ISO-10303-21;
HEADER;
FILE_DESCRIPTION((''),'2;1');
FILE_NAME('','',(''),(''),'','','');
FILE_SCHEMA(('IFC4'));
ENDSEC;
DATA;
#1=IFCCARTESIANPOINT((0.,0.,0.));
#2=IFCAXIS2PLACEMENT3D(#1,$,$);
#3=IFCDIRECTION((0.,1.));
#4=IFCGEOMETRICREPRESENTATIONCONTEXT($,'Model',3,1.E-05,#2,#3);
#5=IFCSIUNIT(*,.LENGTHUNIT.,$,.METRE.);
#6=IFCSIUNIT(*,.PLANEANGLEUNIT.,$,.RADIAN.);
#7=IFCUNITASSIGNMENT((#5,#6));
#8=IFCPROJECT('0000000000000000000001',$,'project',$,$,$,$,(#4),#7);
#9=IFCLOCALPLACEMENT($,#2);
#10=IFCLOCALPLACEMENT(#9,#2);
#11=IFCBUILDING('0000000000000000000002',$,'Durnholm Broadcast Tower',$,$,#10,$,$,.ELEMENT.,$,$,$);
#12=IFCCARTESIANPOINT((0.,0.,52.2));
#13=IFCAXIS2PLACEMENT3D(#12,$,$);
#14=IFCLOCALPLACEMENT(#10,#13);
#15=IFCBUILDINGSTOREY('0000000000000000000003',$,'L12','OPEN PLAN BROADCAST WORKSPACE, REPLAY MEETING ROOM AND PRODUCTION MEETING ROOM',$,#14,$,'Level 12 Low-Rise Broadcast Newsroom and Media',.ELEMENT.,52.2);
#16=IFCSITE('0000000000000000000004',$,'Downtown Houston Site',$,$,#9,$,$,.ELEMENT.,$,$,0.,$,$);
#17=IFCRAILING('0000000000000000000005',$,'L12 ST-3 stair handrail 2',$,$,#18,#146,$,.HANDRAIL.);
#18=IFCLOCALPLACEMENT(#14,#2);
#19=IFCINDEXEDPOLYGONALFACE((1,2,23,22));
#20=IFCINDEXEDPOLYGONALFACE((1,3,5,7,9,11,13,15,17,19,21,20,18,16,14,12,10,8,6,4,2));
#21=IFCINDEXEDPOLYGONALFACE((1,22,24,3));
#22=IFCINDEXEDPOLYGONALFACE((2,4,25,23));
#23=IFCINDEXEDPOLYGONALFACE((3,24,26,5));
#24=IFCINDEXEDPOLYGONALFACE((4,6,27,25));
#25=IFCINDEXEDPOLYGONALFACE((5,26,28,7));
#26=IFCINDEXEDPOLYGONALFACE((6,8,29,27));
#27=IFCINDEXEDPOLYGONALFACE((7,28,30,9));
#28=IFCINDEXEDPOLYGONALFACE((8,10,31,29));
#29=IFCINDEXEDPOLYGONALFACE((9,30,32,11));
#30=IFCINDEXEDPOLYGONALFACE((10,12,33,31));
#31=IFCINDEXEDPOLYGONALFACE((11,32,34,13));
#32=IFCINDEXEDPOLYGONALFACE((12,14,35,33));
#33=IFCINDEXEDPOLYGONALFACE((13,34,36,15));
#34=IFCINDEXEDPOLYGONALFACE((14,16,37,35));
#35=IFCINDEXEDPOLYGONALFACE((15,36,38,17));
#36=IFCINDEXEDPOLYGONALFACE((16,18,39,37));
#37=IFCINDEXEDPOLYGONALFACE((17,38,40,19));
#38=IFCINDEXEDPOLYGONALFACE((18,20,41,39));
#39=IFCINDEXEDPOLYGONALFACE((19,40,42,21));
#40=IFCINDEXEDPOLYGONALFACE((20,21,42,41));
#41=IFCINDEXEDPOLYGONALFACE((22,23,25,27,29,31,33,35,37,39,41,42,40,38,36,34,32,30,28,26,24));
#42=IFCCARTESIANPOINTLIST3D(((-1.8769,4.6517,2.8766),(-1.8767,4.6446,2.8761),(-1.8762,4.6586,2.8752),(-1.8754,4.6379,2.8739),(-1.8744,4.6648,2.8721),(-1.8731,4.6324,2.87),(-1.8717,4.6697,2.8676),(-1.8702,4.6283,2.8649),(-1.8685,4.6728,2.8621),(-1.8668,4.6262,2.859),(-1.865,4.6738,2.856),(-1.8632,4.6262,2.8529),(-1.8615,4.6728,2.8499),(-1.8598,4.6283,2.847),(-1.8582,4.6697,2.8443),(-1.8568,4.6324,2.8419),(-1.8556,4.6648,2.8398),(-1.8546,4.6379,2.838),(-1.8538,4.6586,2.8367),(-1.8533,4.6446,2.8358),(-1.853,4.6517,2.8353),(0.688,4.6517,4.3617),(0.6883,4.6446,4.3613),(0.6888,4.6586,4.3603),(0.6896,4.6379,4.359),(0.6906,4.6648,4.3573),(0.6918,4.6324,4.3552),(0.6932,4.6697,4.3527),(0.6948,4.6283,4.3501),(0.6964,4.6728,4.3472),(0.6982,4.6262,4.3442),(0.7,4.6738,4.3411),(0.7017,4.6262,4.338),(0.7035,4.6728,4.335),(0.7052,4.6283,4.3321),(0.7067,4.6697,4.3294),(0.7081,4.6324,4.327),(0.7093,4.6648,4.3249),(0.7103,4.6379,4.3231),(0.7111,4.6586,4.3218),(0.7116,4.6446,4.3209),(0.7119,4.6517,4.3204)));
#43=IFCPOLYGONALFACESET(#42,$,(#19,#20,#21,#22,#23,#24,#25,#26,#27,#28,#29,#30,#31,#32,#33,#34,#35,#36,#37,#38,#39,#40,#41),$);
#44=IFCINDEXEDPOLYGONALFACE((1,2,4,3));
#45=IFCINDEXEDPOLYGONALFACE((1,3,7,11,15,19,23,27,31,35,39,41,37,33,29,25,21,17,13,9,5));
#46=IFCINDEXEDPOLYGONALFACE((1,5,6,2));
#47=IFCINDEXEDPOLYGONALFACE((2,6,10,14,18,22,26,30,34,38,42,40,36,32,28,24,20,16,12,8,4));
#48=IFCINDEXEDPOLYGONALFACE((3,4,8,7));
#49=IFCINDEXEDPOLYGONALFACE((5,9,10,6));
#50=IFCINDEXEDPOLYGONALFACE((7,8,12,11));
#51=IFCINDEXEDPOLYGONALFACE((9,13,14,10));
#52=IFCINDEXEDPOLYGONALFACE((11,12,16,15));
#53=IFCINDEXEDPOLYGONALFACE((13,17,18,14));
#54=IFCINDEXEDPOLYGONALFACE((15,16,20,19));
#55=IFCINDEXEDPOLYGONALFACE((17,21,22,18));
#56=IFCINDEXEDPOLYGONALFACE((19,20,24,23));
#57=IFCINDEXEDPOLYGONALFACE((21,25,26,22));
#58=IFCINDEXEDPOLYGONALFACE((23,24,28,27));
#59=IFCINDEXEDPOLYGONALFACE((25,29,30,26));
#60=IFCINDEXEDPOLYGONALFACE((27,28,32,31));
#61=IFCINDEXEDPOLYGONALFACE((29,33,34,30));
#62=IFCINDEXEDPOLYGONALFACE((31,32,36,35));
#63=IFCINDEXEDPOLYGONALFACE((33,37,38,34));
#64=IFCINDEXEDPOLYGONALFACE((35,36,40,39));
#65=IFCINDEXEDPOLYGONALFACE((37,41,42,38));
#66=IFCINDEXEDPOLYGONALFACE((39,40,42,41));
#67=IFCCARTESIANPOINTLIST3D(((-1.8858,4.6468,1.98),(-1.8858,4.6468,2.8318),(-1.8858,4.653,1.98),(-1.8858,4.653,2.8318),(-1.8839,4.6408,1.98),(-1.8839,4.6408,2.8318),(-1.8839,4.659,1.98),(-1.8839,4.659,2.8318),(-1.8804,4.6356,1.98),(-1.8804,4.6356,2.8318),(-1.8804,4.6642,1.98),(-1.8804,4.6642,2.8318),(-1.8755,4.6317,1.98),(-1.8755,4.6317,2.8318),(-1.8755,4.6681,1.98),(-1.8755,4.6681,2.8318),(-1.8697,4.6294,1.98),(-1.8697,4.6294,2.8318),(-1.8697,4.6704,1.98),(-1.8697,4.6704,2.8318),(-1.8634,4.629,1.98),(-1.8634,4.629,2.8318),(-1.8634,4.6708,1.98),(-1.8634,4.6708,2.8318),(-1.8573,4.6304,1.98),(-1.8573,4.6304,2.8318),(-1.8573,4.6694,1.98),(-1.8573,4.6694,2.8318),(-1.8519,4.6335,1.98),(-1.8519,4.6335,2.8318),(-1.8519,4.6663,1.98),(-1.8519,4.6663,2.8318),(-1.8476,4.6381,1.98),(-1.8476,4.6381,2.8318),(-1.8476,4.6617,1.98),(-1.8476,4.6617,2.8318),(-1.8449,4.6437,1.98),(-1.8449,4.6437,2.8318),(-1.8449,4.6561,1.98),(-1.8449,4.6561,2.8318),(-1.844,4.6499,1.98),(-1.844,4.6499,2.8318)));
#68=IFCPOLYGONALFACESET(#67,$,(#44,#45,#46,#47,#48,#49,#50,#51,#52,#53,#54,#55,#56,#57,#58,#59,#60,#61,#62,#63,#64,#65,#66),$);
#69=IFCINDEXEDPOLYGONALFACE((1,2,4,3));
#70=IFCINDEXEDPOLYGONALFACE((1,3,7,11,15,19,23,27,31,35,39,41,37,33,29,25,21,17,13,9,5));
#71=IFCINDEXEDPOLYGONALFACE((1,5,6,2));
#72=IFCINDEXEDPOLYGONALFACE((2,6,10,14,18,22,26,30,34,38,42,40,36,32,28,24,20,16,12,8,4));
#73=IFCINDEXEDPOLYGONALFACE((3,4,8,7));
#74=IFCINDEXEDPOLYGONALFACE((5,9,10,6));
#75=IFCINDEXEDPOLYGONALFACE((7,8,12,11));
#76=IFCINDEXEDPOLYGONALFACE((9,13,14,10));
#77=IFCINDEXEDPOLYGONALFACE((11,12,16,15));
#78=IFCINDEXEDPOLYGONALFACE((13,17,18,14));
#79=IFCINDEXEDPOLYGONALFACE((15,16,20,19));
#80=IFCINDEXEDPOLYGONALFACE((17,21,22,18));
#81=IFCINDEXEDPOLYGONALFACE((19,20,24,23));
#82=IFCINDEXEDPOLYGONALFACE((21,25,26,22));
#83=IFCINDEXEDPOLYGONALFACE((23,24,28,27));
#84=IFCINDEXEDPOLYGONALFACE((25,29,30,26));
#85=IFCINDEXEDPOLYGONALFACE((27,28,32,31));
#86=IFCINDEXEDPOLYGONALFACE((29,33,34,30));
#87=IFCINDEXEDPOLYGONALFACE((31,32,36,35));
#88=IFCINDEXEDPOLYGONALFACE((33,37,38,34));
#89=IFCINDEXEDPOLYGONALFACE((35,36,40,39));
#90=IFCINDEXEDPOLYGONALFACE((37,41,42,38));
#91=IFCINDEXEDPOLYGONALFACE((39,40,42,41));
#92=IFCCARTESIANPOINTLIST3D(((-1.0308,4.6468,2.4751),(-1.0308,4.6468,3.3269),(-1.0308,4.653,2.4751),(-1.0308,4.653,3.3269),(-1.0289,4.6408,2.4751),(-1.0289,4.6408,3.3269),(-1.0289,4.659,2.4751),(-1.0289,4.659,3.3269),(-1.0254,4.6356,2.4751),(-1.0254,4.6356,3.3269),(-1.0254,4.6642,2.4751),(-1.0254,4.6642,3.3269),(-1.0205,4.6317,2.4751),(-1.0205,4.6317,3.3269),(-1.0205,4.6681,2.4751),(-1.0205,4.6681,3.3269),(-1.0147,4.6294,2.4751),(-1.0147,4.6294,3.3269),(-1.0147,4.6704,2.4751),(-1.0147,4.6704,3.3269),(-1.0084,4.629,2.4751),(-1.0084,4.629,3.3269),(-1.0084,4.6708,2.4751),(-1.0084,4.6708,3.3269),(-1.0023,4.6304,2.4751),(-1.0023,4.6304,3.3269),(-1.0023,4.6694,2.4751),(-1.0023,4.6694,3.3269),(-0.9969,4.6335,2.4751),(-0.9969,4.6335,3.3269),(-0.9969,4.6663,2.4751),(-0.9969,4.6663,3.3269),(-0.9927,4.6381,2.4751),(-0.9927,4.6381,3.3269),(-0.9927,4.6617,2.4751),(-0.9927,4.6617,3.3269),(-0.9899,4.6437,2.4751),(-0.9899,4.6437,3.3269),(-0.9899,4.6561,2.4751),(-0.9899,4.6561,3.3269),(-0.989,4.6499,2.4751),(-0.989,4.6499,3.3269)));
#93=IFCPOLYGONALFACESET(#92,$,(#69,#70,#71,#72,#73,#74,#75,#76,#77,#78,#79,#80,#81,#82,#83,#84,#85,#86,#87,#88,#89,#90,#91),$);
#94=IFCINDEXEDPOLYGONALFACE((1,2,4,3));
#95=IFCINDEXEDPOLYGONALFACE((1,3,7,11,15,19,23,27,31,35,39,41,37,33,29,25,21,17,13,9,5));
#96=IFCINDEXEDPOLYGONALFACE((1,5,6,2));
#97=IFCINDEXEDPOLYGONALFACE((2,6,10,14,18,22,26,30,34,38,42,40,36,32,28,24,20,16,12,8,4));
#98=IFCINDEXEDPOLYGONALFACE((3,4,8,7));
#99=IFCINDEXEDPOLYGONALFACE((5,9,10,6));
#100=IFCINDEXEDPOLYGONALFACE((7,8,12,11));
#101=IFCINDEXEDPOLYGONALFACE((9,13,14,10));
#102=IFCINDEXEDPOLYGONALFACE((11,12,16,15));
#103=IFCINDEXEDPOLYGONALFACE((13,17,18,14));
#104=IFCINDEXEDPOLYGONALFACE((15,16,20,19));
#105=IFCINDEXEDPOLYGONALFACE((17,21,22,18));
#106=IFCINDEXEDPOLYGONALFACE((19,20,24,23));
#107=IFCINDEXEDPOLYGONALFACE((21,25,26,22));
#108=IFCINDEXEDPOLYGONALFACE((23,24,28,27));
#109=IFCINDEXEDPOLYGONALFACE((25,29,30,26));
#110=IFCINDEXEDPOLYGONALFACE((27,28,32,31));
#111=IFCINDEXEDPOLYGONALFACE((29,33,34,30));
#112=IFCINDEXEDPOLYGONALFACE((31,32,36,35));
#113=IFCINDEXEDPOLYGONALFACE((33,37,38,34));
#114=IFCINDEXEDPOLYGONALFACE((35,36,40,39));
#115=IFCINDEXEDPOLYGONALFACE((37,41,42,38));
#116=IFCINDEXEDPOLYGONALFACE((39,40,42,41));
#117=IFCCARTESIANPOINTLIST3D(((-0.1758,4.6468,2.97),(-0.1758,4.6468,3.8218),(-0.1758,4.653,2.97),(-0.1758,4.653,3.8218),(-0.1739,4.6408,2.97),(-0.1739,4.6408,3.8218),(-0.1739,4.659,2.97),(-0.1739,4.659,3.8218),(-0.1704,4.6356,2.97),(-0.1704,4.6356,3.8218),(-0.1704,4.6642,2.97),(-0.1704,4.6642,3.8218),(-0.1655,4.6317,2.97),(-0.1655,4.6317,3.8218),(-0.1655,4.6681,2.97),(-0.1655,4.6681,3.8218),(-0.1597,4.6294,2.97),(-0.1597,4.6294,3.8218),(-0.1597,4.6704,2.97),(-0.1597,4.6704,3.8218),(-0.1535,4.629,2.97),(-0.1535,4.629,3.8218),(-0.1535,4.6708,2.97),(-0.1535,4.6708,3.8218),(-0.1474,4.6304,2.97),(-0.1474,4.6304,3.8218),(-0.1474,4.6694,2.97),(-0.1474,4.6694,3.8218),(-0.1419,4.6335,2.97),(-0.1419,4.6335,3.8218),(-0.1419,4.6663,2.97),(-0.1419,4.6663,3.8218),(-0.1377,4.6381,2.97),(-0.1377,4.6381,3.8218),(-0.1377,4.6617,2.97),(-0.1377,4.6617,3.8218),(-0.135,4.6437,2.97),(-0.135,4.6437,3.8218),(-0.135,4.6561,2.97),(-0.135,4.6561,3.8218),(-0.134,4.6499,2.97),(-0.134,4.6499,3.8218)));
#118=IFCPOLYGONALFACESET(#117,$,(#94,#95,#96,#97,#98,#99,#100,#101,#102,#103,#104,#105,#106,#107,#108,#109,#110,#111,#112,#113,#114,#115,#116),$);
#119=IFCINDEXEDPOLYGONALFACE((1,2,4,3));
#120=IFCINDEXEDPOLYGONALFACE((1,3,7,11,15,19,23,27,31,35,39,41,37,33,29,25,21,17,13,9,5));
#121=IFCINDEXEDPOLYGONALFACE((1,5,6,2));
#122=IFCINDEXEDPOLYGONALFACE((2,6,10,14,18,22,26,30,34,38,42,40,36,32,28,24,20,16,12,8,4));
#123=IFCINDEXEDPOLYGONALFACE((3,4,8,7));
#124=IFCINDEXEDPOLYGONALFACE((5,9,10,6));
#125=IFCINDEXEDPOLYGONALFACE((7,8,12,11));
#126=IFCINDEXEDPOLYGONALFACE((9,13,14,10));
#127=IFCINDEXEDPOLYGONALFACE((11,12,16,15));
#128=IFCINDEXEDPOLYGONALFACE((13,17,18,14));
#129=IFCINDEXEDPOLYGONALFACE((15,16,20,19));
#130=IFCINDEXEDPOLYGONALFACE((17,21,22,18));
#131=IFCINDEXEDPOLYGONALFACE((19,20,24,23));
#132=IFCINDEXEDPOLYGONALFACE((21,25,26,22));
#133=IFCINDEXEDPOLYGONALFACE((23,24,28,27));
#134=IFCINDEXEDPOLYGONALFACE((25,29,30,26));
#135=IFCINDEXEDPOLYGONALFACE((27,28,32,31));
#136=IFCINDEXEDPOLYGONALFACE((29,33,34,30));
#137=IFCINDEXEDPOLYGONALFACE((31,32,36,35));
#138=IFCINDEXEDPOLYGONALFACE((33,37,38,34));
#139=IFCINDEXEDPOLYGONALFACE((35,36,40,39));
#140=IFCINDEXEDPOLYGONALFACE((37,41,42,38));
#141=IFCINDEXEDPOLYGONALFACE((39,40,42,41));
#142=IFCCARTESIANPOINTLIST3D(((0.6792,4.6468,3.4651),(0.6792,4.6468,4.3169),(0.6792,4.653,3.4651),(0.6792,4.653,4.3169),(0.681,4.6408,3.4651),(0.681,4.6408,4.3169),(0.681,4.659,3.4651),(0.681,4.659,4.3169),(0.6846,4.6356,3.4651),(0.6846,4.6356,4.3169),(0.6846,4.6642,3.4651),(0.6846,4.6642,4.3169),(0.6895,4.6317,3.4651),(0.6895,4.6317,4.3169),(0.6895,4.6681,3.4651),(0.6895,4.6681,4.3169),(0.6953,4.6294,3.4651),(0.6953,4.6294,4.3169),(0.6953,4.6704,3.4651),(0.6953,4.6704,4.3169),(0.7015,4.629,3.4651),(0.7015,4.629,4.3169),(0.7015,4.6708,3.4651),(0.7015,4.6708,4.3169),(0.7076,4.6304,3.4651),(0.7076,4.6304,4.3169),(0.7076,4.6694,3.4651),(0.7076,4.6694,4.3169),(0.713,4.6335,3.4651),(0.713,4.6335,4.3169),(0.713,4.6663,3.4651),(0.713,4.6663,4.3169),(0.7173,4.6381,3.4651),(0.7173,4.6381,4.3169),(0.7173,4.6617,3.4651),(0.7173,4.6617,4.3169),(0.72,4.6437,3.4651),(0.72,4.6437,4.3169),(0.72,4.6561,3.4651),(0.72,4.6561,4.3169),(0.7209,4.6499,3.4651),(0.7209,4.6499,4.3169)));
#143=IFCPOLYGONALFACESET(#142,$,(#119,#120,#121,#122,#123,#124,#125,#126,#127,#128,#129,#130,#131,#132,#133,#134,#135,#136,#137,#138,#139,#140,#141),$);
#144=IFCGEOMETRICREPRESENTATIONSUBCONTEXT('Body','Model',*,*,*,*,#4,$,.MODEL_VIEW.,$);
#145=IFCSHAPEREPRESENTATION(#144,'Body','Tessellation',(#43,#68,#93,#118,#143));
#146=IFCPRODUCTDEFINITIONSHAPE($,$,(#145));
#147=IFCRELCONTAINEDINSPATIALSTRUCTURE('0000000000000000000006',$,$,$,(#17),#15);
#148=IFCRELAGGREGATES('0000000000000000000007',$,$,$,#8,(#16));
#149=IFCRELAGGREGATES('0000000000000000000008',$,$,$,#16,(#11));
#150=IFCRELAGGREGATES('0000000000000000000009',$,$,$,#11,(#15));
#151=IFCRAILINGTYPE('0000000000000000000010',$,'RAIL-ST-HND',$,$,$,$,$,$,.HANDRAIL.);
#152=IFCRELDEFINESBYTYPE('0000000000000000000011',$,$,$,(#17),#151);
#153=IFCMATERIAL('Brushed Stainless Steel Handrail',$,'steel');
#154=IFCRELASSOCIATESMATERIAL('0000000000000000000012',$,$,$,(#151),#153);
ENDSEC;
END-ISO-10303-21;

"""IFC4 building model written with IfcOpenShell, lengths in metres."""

from ifc_helpers import new_model, si_unit, direction, frame, origin, origin_2d, place, context, subcontext, project, spatial, circle, extrude, material, type_object, element, save


model = new_model("IFC4")

# Units and contexts
model_context = context("Model", 3, precision=1e-05, world=origin(), true_north=direction((0.0, 1.0)))
body_context = subcontext(model_context, "Body", "Model", "MODEL_VIEW")
ifc_project = project(units=[si_unit("LENGTHUNIT", "METRE"), si_unit("PLANEANGLEUNIT", "RADIAN")], contexts=[model_context])

# Site, building, storey
site_placement = place(None, origin())
site = spatial("IfcSite", under=ifc_project, at=site_placement, Name="Downtown Houston Site", CompositionType="ELEMENT", RefElevation=0.0)
building_placement = place(site_placement, origin())
building = spatial("IfcBuilding", under=site, at=building_placement, Name="Durnholm Broadcast Tower", CompositionType="ELEMENT")
storey_placement = place(building_placement, frame((0.0, 0.0, 52.2)))
storey = spatial("IfcBuildingStorey", under=building, at=storey_placement, Name="L12", Description="OPEN PLAN BROADCAST WORKSPACE, REPLAY MEETING ROOM AND PRODUCTION MEETING ROOM", LongName="Level 12 Low-Rise Broadcast Newsroom and Media", CompositionType="ELEMENT", Elevation=52.2)

# Railing
ifc_material_1 = material(Name="Brushed Stainless Steel Handrail", Category="steel")
railing_type_1 = type_object("IfcRailingType", Name="RAIL-ST-HND", PredefinedType="HANDRAIL", material=ifc_material_1)
railing_1_placement = place(storey_placement, frame((-1.865, 4.6499, 1.98)))
element("IfcRailing", 1, at=railing_1_placement, inside=storey, type_object=railing_type_1, Name="L12 ST-3 stair handrail 2", PredefinedType="HANDRAIL", context=body_context, shape_type="SweptSolid", body=[
    extrude(circle(Radius=0.0239, at=origin_2d()), frame((0.0, 0.0, 0.876), z_axis=(0.865406, 0.0, 0.501072), x_axis=(0.0, 1.0, 0.0)), (0.0, 0.0, 1.0), 2.9639),
    extrude(circle(Radius=0.021, at=origin_2d()), origin(), (0.0, 0.0, 1.0), 0.8518),
    extrude(circle(Radius=0.021, at=origin_2d()), frame((0.855, 0.0, 0.4951)), (0.0, 0.0, 1.0), 0.8518),
    extrude(circle(Radius=0.021, at=origin_2d()), frame((1.71, 0.0, 0.99)), (0.0, 0.0, 1.0), 0.8518),
    extrude(circle(Radius=0.021, at=origin_2d()), frame((2.5649, 0.0, 1.4851)), (0.0, 0.0, 1.0), 0.8518),
])

save(model, "model.ifc")
